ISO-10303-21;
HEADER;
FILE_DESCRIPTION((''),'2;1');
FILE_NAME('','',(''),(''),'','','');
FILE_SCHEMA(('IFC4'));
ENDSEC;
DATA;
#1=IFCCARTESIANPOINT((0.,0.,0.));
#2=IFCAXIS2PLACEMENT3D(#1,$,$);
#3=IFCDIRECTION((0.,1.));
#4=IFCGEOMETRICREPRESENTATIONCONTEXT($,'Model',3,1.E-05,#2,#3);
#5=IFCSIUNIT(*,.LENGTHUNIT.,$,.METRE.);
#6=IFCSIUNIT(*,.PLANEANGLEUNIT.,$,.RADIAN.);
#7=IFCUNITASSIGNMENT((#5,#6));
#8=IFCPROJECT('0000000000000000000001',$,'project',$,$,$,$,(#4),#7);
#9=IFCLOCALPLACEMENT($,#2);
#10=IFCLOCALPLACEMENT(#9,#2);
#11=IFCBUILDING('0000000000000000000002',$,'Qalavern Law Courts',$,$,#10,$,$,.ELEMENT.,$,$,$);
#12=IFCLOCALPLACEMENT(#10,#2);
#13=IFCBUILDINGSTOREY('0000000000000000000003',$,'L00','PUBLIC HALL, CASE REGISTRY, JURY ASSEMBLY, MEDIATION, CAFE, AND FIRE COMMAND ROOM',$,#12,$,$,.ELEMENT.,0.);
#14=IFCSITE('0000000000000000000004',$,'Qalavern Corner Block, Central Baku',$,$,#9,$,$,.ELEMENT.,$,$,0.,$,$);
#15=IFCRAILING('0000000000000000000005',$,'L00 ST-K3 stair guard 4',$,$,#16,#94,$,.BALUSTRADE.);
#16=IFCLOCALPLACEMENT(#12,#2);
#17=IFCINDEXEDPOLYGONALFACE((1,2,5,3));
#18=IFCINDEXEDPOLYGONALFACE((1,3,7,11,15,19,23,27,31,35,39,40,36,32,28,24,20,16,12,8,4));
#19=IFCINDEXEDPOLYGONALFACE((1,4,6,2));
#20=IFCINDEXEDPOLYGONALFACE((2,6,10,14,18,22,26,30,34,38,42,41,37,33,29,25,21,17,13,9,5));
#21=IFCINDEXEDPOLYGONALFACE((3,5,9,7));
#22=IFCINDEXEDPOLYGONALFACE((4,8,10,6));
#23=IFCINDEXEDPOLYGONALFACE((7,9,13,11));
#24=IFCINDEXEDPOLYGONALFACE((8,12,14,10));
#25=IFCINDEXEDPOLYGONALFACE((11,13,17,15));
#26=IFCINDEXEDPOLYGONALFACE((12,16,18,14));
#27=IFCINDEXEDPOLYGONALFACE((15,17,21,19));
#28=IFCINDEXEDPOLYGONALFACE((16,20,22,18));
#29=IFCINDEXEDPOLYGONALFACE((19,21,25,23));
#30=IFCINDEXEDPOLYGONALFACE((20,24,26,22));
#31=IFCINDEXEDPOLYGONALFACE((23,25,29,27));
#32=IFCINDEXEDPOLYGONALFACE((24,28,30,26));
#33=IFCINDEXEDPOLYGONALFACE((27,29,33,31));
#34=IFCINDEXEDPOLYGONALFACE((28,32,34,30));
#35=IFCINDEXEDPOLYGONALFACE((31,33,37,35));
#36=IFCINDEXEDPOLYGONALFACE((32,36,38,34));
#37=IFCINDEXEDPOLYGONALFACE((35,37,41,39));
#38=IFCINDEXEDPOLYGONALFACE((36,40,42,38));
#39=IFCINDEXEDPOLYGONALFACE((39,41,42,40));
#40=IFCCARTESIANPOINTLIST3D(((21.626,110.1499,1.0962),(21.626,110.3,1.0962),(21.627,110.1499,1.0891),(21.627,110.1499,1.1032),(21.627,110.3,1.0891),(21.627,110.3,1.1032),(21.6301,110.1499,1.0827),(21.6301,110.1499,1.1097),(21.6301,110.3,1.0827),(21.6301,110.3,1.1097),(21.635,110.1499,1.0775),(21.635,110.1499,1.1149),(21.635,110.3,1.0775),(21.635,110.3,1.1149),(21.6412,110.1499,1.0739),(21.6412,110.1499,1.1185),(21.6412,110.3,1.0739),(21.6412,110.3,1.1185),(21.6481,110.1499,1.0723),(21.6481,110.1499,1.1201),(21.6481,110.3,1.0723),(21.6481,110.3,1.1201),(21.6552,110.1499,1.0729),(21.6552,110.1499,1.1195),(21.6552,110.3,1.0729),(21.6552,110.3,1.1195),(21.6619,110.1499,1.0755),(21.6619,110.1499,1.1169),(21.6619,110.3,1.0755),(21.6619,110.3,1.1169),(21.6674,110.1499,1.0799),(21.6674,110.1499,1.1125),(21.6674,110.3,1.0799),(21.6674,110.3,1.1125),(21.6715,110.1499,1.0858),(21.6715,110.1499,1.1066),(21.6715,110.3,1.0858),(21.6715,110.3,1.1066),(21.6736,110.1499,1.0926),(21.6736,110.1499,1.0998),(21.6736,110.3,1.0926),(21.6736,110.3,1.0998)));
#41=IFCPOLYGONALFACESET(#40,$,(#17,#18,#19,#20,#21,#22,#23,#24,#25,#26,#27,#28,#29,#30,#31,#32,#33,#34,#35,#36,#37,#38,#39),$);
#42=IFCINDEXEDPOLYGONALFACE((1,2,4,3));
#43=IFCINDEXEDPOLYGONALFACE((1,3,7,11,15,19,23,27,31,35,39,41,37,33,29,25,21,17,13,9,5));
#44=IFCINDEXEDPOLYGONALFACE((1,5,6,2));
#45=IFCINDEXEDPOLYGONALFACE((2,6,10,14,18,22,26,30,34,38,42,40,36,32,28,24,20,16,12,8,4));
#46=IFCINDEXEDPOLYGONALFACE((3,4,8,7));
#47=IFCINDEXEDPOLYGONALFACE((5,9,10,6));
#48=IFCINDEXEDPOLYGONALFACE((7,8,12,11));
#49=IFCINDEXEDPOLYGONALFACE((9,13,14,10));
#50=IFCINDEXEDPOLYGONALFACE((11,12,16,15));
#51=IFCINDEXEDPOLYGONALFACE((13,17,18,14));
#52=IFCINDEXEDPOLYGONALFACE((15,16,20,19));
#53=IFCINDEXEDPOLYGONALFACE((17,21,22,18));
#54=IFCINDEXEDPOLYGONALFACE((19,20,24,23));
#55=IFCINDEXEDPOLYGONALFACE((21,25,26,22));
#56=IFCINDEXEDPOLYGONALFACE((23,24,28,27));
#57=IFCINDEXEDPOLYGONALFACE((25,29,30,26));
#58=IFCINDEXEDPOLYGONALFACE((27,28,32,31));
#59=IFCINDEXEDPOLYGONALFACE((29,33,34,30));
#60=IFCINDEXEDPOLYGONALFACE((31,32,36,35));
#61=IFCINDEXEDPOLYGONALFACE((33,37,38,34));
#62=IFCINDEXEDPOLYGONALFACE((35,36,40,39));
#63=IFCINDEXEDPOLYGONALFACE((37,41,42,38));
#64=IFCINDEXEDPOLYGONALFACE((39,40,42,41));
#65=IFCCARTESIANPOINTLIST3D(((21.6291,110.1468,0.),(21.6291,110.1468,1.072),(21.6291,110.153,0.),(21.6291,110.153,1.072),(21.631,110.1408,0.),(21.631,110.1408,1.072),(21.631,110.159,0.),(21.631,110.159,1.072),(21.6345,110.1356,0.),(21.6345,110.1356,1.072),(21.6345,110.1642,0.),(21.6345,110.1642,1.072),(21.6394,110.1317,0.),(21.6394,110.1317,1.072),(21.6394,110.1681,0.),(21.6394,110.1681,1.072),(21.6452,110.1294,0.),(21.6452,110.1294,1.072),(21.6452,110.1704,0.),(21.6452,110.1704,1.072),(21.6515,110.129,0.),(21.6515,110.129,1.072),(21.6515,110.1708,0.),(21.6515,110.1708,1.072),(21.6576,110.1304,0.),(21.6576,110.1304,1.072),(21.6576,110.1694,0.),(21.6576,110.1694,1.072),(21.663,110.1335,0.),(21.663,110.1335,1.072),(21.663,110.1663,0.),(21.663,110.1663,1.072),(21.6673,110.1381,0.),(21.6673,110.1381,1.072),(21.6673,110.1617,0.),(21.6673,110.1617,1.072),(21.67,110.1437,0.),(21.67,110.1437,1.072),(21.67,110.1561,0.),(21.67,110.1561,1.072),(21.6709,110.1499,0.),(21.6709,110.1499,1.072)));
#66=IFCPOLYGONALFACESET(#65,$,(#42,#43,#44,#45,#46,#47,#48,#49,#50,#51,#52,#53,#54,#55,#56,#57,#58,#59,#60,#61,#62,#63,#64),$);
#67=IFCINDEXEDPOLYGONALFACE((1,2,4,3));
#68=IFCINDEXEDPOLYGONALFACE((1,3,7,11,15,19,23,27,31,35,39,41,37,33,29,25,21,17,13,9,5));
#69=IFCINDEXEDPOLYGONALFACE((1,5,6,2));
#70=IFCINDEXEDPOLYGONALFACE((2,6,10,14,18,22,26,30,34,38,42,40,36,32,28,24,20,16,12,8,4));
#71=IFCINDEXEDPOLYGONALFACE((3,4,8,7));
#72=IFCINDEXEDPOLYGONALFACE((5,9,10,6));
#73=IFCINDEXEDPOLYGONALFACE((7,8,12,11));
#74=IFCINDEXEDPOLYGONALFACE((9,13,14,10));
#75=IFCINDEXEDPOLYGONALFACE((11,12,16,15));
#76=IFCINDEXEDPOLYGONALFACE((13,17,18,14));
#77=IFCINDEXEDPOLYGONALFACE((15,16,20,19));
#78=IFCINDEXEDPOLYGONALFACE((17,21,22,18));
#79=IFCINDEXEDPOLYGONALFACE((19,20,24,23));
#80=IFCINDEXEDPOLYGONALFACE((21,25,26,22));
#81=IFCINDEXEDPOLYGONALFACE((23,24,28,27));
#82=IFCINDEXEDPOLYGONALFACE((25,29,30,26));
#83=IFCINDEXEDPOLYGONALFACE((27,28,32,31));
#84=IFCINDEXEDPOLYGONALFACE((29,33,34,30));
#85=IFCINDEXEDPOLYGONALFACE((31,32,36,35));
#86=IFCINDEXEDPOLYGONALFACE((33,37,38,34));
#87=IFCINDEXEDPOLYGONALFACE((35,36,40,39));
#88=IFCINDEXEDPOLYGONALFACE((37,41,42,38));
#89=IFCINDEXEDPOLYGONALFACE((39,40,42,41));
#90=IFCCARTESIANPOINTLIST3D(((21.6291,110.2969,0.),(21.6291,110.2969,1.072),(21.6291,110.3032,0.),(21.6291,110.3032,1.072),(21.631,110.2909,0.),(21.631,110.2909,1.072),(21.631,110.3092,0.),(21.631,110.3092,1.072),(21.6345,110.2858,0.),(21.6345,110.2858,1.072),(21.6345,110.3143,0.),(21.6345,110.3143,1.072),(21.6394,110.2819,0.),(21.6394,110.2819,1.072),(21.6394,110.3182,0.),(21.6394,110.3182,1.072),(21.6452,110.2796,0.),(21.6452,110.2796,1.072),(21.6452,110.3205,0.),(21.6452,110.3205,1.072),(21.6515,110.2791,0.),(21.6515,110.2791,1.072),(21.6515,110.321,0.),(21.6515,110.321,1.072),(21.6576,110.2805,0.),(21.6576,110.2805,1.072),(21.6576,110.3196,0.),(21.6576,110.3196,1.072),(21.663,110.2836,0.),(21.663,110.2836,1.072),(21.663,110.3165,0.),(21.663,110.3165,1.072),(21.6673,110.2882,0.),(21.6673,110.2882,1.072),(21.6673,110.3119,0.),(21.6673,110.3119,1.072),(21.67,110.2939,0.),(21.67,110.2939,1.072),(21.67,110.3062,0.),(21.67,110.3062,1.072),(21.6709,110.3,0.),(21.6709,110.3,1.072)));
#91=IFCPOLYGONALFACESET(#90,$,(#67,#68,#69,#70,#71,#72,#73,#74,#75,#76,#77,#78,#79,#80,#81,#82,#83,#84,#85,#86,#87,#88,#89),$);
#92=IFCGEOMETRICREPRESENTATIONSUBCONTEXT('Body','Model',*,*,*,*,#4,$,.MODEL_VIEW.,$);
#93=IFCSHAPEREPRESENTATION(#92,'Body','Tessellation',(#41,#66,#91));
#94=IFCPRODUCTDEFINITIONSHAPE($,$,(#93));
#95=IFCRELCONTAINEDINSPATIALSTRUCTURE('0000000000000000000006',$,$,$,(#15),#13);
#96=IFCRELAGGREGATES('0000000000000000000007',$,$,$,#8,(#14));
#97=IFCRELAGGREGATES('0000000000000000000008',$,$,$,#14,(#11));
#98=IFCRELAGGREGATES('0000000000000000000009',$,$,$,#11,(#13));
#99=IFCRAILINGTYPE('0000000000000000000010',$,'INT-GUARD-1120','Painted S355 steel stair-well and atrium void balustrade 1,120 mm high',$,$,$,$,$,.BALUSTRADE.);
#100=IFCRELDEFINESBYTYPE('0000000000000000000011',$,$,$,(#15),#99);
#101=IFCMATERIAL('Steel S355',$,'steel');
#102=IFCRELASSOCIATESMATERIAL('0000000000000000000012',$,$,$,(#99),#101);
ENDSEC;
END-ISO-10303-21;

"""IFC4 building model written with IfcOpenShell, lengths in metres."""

from ifc_helpers import new_model, si_unit, direction, frame, origin, origin_2d, place, context, subcontext, project, spatial, circle, extrude, material, type_object, element, save


model = new_model("IFC4")

# Units and contexts
model_context = context("Model", 3, precision=1e-05, world=origin(), true_north=direction((0.0, 1.0)))
body_context = subcontext(model_context, "Body", "Model", "MODEL_VIEW")
ifc_project = project(units=[si_unit("LENGTHUNIT", "METRE"), si_unit("PLANEANGLEUNIT", "RADIAN")], contexts=[model_context])

# Site, building, storey
site_placement = place(None, origin())
site = spatial("IfcSite", under=ifc_project, at=site_placement, Name="Qalavern Corner Block, Central Baku", CompositionType="ELEMENT", RefElevation=0.0)
building_placement = place(site_placement, origin())
building = spatial("IfcBuilding", under=site, at=building_placement, Name="Qalavern Law Courts", CompositionType="ELEMENT")
storey_placement = place(building_placement, origin())
storey = spatial("IfcBuildingStorey", under=building, at=storey_placement, Name="L00", Description="PUBLIC HALL, CASE REGISTRY, JURY ASSEMBLY, MEDIATION, CAFE, AND FIRE COMMAND ROOM", CompositionType="ELEMENT", Elevation=0.0)

# Railing
ifc_material_1 = material(Name="Steel S355", Category="steel")
railing_type_1 = type_object("IfcRailingType", Name="INT-GUARD-1120", Description="Painted S355 steel stair-well and atrium void balustrade 1,120 mm high", PredefinedType="BALUSTRADE", material=ifc_material_1)
railing_1_placement = place(storey_placement, frame((21.6499, 110.1499, 0.0)))
element("IfcRailing", 1, at=railing_1_placement, inside=storey, type_object=railing_type_1, Name="L00 ST-K3 stair guard 4", PredefinedType="BALUSTRADE", context=body_context, shape_type="SweptSolid", body=[
    extrude(circle(Radius=0.0239, at=origin_2d()), frame((0.0, 0.0, 1.0962), z_axis=(0.0, 1.0, 0.0), x_axis=(-1.0, 0.0, 0.0)), (0.0, 0.0, 1.0), 0.1501),
    extrude(circle(Radius=0.021, at=origin_2d()), origin(), (0.0, 0.0, 1.0), 1.072),
    extrude(circle(Radius=0.021, at=origin_2d()), frame((0.0, 0.1501, 0.0)), (0.0, 0.0, 1.0), 1.072),
])

save(model, "model.ifc")
